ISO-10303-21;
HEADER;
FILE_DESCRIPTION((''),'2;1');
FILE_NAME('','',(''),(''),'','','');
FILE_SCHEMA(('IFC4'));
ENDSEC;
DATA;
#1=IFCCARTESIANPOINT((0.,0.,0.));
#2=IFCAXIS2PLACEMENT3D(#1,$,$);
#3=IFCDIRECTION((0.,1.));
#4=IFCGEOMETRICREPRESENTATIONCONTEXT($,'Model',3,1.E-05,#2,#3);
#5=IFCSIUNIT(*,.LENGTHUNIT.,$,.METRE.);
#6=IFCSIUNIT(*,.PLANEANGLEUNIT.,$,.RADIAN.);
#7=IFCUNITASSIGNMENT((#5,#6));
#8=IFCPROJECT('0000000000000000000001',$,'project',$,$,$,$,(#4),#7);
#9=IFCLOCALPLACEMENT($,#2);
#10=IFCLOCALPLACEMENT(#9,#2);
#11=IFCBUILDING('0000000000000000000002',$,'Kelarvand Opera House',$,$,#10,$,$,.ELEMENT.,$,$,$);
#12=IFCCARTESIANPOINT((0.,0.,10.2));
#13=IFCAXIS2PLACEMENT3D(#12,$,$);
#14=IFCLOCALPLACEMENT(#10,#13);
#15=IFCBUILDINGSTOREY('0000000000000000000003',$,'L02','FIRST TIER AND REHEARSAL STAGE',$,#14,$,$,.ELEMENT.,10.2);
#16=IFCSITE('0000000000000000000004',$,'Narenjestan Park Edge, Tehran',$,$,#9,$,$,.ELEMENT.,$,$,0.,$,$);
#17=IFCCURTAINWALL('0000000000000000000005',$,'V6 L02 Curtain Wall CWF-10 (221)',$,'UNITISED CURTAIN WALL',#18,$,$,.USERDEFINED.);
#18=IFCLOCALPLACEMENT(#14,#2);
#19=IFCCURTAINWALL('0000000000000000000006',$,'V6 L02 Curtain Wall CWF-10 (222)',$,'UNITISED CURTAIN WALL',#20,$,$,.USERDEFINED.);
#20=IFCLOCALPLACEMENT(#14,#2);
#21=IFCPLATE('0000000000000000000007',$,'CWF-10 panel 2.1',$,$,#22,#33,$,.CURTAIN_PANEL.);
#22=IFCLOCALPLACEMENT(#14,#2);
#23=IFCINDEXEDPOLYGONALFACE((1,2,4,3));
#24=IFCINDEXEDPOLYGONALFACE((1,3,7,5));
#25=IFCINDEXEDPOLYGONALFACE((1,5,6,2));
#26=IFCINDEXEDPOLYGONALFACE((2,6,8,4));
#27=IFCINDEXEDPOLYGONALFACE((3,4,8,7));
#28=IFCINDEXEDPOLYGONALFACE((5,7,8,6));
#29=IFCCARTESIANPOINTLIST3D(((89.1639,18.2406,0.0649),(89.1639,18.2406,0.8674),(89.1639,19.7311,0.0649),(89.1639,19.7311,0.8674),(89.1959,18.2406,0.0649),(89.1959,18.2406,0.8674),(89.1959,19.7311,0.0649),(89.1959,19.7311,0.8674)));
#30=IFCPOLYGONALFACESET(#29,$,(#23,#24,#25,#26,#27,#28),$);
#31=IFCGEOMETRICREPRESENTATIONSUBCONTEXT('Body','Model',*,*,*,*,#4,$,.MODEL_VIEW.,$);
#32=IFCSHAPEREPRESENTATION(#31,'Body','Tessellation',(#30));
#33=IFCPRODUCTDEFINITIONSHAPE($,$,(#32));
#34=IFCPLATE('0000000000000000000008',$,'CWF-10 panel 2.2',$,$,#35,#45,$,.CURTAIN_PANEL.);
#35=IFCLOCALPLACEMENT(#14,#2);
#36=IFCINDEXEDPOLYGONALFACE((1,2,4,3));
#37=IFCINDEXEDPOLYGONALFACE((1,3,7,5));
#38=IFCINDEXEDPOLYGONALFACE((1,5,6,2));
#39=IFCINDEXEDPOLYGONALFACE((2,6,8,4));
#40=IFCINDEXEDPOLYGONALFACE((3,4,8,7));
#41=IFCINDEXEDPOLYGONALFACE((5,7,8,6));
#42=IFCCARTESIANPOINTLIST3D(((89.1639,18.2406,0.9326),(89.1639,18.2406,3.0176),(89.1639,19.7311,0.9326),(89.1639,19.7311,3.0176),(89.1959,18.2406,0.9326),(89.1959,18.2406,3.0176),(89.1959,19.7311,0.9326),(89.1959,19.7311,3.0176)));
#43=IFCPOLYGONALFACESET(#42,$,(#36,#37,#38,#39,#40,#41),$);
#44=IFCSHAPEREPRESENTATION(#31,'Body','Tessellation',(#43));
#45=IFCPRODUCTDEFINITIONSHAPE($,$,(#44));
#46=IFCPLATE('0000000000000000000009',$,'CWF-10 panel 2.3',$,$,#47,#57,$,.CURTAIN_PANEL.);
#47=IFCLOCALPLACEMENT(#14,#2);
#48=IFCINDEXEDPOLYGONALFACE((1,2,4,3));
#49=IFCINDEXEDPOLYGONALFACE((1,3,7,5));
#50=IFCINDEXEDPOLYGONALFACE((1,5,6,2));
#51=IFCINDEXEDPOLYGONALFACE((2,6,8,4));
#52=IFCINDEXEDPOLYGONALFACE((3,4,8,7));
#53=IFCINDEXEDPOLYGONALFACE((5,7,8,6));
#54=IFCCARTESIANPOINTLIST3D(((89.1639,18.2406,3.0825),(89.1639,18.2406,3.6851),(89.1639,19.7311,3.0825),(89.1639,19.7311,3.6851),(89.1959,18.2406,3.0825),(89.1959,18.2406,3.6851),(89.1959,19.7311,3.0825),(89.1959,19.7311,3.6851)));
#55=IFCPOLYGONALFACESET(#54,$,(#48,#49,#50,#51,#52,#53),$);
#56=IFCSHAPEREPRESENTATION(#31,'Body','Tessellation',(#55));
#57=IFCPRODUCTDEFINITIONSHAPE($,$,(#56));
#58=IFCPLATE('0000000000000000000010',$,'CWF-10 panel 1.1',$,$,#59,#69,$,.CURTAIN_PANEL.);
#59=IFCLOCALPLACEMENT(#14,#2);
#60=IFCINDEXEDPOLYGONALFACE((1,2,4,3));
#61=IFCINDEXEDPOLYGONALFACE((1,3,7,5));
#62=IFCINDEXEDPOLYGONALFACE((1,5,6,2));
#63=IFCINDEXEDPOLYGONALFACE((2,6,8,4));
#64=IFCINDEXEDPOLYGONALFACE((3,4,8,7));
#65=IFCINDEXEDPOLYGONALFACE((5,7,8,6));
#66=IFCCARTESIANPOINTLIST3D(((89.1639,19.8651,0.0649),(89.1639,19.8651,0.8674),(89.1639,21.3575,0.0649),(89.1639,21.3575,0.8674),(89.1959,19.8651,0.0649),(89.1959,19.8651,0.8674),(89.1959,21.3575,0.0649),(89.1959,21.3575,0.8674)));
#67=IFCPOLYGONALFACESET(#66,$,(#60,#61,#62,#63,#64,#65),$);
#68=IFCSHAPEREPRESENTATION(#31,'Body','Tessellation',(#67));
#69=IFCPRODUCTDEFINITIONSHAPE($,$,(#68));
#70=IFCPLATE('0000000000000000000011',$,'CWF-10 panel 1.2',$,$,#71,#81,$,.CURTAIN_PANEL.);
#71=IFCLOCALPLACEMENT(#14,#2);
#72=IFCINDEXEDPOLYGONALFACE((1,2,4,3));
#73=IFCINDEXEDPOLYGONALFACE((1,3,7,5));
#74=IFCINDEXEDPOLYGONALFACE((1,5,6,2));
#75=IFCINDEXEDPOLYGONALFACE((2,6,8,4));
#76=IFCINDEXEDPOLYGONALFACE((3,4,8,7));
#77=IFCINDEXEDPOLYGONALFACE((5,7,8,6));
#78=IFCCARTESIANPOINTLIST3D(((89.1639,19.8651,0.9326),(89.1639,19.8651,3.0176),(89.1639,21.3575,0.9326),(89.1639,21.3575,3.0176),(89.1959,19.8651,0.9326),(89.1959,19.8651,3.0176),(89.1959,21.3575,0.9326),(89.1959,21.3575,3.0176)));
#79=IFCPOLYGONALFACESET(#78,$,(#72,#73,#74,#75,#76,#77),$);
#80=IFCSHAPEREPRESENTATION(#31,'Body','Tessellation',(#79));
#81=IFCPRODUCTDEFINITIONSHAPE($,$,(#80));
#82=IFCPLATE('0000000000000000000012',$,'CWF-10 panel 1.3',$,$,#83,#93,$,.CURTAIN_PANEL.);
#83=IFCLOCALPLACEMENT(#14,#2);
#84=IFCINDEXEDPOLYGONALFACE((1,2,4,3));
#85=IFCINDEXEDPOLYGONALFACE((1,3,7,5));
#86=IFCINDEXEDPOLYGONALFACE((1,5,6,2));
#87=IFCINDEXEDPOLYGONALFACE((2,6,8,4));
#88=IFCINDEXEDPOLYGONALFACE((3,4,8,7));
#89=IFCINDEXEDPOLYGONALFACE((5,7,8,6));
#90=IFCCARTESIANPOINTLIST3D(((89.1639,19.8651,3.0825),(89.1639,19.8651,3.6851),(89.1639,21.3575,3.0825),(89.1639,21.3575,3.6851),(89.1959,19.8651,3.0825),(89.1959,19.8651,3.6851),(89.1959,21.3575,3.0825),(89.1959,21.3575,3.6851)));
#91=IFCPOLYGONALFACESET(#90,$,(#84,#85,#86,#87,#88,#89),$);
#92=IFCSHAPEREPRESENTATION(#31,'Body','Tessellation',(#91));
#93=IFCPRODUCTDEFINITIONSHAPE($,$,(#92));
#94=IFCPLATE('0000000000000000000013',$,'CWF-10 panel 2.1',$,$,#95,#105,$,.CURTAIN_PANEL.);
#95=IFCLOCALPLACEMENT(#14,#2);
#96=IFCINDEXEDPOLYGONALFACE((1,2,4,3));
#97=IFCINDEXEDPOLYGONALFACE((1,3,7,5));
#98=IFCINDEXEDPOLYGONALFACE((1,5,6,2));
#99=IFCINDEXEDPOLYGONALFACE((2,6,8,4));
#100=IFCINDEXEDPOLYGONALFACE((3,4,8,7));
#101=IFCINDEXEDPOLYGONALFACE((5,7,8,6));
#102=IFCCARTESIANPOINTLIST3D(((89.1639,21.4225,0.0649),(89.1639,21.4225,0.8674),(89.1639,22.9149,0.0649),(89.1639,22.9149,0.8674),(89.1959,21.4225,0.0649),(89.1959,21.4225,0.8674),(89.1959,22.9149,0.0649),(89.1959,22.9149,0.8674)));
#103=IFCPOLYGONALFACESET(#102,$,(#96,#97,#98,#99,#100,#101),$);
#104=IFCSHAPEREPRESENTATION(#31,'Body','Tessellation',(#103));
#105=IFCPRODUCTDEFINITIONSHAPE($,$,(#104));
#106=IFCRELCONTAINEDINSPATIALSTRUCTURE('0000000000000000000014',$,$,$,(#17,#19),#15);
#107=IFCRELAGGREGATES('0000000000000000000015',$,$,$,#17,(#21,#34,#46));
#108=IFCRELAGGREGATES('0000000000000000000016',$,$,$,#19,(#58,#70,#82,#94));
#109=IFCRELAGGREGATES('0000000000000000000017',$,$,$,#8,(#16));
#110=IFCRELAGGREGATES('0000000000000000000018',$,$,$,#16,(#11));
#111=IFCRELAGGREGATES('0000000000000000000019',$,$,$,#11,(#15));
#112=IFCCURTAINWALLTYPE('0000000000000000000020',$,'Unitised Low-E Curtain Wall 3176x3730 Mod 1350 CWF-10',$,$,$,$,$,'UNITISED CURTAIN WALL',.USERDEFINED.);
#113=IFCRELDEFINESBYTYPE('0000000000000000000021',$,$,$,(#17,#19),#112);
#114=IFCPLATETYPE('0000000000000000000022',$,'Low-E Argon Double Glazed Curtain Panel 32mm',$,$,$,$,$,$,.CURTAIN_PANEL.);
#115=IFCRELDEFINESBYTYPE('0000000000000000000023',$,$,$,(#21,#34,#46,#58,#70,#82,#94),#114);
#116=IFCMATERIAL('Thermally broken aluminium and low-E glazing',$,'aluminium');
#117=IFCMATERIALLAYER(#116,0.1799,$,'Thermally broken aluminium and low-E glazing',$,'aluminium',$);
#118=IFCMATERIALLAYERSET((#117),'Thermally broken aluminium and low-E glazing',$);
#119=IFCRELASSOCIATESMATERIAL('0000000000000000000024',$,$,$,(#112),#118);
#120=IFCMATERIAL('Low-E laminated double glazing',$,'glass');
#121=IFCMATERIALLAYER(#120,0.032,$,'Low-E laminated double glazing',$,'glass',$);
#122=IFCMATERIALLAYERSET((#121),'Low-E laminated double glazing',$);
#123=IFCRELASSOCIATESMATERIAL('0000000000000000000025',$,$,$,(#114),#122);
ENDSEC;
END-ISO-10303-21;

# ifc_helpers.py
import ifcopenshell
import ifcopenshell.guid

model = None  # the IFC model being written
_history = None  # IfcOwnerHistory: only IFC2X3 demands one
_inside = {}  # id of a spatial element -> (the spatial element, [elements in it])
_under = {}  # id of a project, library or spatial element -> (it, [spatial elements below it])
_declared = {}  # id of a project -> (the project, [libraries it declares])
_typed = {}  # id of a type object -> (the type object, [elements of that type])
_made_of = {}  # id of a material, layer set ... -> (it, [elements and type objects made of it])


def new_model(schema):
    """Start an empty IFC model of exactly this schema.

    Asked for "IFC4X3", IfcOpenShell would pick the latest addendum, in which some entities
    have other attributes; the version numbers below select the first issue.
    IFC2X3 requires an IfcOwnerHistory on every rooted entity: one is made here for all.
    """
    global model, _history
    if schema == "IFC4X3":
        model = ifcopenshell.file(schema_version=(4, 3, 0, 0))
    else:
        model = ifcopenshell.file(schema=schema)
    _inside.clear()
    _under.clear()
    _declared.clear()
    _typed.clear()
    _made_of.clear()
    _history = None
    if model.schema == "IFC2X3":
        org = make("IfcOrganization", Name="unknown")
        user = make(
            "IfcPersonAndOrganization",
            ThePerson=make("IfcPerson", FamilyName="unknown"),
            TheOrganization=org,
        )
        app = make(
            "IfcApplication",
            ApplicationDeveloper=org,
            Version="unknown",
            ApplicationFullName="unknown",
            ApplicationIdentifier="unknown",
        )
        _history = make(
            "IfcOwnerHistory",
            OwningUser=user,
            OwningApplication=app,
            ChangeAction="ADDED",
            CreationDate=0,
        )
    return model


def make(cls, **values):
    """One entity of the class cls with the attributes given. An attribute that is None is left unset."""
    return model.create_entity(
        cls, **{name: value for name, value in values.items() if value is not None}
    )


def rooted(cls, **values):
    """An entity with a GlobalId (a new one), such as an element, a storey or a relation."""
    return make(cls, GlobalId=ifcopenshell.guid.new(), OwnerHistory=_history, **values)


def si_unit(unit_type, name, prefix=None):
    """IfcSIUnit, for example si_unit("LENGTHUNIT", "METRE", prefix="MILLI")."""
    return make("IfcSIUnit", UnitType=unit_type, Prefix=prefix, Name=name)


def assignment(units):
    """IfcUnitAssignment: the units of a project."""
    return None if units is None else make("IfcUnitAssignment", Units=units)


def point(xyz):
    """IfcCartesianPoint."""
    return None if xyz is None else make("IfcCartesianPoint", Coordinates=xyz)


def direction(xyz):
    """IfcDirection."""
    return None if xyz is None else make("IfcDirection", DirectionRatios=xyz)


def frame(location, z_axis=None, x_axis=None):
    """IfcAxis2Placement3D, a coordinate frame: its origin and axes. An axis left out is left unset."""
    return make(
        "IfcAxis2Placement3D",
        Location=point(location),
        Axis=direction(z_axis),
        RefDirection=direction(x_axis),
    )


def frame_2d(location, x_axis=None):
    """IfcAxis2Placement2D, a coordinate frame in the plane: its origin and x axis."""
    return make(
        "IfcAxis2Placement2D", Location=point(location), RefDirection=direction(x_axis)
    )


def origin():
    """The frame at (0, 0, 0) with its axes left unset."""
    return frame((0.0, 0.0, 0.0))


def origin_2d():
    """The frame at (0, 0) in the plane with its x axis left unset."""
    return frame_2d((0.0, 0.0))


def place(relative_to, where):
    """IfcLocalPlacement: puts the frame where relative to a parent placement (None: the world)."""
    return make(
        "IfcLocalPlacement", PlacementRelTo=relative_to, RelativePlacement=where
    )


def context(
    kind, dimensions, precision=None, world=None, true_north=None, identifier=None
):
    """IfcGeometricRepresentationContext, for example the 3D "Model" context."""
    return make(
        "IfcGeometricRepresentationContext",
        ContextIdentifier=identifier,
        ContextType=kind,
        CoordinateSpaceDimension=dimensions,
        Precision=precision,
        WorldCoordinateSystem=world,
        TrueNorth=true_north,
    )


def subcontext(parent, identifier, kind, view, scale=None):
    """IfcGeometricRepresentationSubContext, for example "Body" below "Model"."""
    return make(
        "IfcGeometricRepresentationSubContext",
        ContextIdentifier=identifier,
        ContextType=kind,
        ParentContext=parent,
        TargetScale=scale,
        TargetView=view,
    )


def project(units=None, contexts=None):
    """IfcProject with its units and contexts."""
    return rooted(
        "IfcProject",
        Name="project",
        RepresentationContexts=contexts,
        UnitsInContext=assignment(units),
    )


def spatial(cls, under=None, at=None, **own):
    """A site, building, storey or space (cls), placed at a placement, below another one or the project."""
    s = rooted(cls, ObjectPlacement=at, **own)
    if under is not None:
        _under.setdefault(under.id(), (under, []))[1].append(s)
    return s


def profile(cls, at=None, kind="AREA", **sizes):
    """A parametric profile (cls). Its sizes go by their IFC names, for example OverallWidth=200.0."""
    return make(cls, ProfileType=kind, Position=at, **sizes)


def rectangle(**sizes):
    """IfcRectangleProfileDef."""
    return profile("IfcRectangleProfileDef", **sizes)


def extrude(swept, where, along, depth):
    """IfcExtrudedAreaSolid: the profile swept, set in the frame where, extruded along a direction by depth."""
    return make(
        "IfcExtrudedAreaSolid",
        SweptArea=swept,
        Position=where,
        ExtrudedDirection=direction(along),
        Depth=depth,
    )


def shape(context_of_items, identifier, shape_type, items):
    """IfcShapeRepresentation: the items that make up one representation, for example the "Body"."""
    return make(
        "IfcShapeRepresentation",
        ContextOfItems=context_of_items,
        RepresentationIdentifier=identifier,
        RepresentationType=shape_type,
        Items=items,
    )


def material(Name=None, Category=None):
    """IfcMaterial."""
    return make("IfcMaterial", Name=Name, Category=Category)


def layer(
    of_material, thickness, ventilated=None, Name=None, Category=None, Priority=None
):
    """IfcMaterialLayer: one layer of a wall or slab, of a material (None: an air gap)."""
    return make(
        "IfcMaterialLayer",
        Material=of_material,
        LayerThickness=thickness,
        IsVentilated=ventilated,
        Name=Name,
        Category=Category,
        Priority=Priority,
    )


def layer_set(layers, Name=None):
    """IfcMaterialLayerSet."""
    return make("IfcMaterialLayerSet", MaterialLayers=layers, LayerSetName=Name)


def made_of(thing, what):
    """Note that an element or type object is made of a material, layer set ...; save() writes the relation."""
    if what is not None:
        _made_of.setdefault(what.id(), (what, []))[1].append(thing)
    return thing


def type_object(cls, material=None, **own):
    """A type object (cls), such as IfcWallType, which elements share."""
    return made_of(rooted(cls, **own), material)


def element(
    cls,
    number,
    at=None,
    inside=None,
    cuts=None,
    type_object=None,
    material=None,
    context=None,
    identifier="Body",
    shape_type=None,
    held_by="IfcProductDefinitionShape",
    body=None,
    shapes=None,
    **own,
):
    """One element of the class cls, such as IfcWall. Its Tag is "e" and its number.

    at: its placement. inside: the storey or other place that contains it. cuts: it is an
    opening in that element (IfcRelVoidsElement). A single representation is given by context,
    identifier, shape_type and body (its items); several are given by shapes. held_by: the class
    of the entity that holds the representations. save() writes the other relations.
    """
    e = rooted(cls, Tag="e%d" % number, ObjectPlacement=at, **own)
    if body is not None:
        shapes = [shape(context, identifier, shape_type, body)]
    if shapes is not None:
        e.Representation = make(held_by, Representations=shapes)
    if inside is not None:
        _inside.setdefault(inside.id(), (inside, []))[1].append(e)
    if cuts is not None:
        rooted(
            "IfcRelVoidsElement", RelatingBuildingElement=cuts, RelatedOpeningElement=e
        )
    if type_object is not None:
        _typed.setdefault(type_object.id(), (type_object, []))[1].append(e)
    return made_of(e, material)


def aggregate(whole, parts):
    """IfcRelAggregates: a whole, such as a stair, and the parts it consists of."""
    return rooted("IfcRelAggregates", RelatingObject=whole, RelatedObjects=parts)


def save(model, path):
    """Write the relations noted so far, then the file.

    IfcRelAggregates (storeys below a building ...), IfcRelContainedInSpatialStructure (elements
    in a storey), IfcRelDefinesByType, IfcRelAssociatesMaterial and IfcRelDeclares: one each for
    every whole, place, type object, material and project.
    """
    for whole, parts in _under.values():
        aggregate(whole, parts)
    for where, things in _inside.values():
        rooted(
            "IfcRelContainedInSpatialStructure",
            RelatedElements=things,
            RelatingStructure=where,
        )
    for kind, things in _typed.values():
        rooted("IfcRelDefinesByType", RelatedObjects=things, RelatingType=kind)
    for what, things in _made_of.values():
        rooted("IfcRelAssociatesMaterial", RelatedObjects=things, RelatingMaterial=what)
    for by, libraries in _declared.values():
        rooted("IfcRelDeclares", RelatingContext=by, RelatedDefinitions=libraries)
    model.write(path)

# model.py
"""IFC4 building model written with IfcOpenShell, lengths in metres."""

from ifc_helpers import new_model, si_unit, direction, frame, origin, origin_2d, place, context, subcontext, project, spatial, rectangle, extrude, material, layer, layer_set, type_object, element, aggregate, save


model = new_model("IFC4")

# Units and contexts
model_context = context("Model", 3, precision=1e-05, world=origin(), true_north=direction((0.0, 1.0)))
body_context = subcontext(model_context, "Body", "Model", "MODEL_VIEW")
ifc_project = project(units=[si_unit("LENGTHUNIT", "METRE"), si_unit("PLANEANGLEUNIT", "RADIAN")], contexts=[model_context])

# Site, building, storey
site_placement = place(None, origin())
site = spatial("IfcSite", under=ifc_project, at=site_placement, Name="Narenjestan Park Edge, Tehran", CompositionType="ELEMENT", RefElevation=0.0)
building_placement = place(site_placement, origin())
building = spatial("IfcBuilding", under=site, at=building_placement, Name="Kelarvand Opera House", CompositionType="ELEMENT")
storey_placement = place(building_placement, frame((0.0, 0.0, 10.2)))
storey = spatial("IfcBuildingStorey", under=building, at=storey_placement, Name="L02", Description="FIRST TIER AND REHEARSAL STAGE", CompositionType="ELEMENT", Elevation=10.2)

# Curtain wall
ifc_material_1 = material(Name="Thermally broken aluminium and low-E glazing", Category="aluminium")
ifc_layer_1 = layer(ifc_material_1, 0.1799, Name="Thermally broken aluminium and low-E glazing", Category="aluminium")
ifc_layer_set_1 = layer_set([ifc_layer_1], Name="Thermally broken aluminium and low-E glazing")
curtain_wall_type = type_object("IfcCurtainWallType", Name="Unitised Low-E Curtain Wall 3176x3730 Mod 1350 CWF-10", ElementType="UNITISED CURTAIN WALL", PredefinedType="USERDEFINED", material=ifc_layer_set_1)
curtain_wall_1_placement = place(storey_placement, origin())
curtain_wall_1 = element("IfcCurtainWall", 1, at=curtain_wall_1_placement, inside=storey, type_object=curtain_wall_type, Name="V6 L02 Curtain Wall CWF-10 (221)", ObjectType="UNITISED CURTAIN WALL", PredefinedType="USERDEFINED")

# Curtain wall
curtain_wall_2_placement = place(storey_placement, origin())
curtain_wall_2 = element("IfcCurtainWall", 2, at=curtain_wall_2_placement, inside=storey, type_object=curtain_wall_type, Name="V6 L02 Curtain Wall CWF-10 (222)", ObjectType="UNITISED CURTAIN WALL", PredefinedType="USERDEFINED")

# Plates
ifc_material_2 = material(Name="Low-E laminated double glazing", Category="glass")
ifc_layer_2 = layer(ifc_material_2, 0.032, Name="Low-E laminated double glazing", Category="glass")
ifc_layer_set_2 = layer_set([ifc_layer_2], Name="Low-E laminated double glazing")
plate_type = type_object("IfcPlateType", Name="Low-E Argon Double Glazed Curtain Panel 32mm", PredefinedType="CURTAIN_PANEL", material=ifc_layer_set_2)
plate_1_placement = place(storey_placement, frame((89.1799, 18.9858, 0.0649), z_axis=(0.0, 0.0, 1.0), x_axis=(0.0, 1.0, 0.0)))
plate_1 = element("IfcPlate", 3, at=plate_1_placement, type_object=plate_type, Name="CWF-10 panel 2.1", PredefinedType="CURTAIN_PANEL", context=body_context, shape_type="SweptSolid", body=[
    extrude(rectangle(XDim=1.4905, YDim=0.032, at=origin_2d()), origin(), (0.0, 0.0, 1.0), 0.8025),
])
plate_2_placement = place(storey_placement, frame((89.1799, 18.9858, 0.9326), z_axis=(0.0, 0.0, 1.0), x_axis=(0.0, 1.0, 0.0)))
plate_2 = element("IfcPlate", 4, at=plate_2_placement, type_object=plate_type, Name="CWF-10 panel 2.2", PredefinedType="CURTAIN_PANEL", context=body_context, shape_type="SweptSolid", body=[
    extrude(rectangle(XDim=1.4905, YDim=0.032, at=origin_2d()), origin(), (0.0, 0.0, 1.0), 2.085),
])
plate_3_placement = place(storey_placement, frame((89.1799, 18.9858, 3.0825), z_axis=(0.0, 0.0, 1.0), x_axis=(0.0, 1.0, 0.0)))
plate_3 = element("IfcPlate", 5, at=plate_3_placement, type_object=plate_type, Name="CWF-10 panel 2.3", PredefinedType="CURTAIN_PANEL", context=body_context, shape_type="SweptSolid", body=[
    extrude(rectangle(XDim=1.4905, YDim=0.032, at=origin_2d()), origin(), (0.0, 0.0, 1.0), 0.6025),
])
aggregate(curtain_wall_1, [plate_1, plate_2, plate_3])
plate_4_placement = place(storey_placement, frame((89.1799, 20.6113, 0.0649), z_axis=(0.0, 0.0, 1.0), x_axis=(0.0, 1.0, 0.0)))
plate_4 = element("IfcPlate", 6, at=plate_4_placement, type_object=plate_type, Name="CWF-10 panel 1.1", PredefinedType="CURTAIN_PANEL", context=body_context, shape_type="SweptSolid", body=[
    extrude(rectangle(XDim=1.4924, YDim=0.032, at=origin_2d()), origin(), (0.0, 0.0, 1.0), 0.8025),
])
plate_5_placement = place(storey_placement, frame((89.1799, 20.6113, 0.9326), z_axis=(0.0, 0.0, 1.0), x_axis=(0.0, 1.0, 0.0)))
plate_5 = element("IfcPlate", 7, at=plate_5_placement, type_object=plate_type, Name="CWF-10 panel 1.2", PredefinedType="CURTAIN_PANEL", context=body_context, shape_type="SweptSolid", body=[
    extrude(rectangle(XDim=1.4924, YDim=0.032, at=origin_2d()), origin(), (0.0, 0.0, 1.0), 2.085),
])
plate_6_placement = place(storey_placement, frame((89.1799, 20.6113, 3.0825), z_axis=(0.0, 0.0, 1.0), x_axis=(0.0, 1.0, 0.0)))
plate_6 = element("IfcPlate", 8, at=plate_6_placement, type_object=plate_type, Name="CWF-10 panel 1.3", PredefinedType="CURTAIN_PANEL", context=body_context, shape_type="SweptSolid", body=[
    extrude(rectangle(XDim=1.4924, YDim=0.032, at=origin_2d()), origin(), (0.0, 0.0, 1.0), 0.6025),
])
plate_7_placement = place(storey_placement, frame((89.1799, 22.1687, 0.0649), z_axis=(0.0, 0.0, 1.0), x_axis=(0.0, 1.0, 0.0)))
plate_7 = element("IfcPlate", 9, at=plate_7_placement, type_object=plate_type, Name="CWF-10 panel 2.1", PredefinedType="CURTAIN_PANEL", context=body_context, shape_type="SweptSolid", body=[
    extrude(rectangle(XDim=1.4924, YDim=0.032, at=origin_2d()), origin(), (0.0, 0.0, 1.0), 0.8025),
])
aggregate(curtain_wall_2, [plate_4, plate_5, plate_6, plate_7])

save(model, "model.ifc")
